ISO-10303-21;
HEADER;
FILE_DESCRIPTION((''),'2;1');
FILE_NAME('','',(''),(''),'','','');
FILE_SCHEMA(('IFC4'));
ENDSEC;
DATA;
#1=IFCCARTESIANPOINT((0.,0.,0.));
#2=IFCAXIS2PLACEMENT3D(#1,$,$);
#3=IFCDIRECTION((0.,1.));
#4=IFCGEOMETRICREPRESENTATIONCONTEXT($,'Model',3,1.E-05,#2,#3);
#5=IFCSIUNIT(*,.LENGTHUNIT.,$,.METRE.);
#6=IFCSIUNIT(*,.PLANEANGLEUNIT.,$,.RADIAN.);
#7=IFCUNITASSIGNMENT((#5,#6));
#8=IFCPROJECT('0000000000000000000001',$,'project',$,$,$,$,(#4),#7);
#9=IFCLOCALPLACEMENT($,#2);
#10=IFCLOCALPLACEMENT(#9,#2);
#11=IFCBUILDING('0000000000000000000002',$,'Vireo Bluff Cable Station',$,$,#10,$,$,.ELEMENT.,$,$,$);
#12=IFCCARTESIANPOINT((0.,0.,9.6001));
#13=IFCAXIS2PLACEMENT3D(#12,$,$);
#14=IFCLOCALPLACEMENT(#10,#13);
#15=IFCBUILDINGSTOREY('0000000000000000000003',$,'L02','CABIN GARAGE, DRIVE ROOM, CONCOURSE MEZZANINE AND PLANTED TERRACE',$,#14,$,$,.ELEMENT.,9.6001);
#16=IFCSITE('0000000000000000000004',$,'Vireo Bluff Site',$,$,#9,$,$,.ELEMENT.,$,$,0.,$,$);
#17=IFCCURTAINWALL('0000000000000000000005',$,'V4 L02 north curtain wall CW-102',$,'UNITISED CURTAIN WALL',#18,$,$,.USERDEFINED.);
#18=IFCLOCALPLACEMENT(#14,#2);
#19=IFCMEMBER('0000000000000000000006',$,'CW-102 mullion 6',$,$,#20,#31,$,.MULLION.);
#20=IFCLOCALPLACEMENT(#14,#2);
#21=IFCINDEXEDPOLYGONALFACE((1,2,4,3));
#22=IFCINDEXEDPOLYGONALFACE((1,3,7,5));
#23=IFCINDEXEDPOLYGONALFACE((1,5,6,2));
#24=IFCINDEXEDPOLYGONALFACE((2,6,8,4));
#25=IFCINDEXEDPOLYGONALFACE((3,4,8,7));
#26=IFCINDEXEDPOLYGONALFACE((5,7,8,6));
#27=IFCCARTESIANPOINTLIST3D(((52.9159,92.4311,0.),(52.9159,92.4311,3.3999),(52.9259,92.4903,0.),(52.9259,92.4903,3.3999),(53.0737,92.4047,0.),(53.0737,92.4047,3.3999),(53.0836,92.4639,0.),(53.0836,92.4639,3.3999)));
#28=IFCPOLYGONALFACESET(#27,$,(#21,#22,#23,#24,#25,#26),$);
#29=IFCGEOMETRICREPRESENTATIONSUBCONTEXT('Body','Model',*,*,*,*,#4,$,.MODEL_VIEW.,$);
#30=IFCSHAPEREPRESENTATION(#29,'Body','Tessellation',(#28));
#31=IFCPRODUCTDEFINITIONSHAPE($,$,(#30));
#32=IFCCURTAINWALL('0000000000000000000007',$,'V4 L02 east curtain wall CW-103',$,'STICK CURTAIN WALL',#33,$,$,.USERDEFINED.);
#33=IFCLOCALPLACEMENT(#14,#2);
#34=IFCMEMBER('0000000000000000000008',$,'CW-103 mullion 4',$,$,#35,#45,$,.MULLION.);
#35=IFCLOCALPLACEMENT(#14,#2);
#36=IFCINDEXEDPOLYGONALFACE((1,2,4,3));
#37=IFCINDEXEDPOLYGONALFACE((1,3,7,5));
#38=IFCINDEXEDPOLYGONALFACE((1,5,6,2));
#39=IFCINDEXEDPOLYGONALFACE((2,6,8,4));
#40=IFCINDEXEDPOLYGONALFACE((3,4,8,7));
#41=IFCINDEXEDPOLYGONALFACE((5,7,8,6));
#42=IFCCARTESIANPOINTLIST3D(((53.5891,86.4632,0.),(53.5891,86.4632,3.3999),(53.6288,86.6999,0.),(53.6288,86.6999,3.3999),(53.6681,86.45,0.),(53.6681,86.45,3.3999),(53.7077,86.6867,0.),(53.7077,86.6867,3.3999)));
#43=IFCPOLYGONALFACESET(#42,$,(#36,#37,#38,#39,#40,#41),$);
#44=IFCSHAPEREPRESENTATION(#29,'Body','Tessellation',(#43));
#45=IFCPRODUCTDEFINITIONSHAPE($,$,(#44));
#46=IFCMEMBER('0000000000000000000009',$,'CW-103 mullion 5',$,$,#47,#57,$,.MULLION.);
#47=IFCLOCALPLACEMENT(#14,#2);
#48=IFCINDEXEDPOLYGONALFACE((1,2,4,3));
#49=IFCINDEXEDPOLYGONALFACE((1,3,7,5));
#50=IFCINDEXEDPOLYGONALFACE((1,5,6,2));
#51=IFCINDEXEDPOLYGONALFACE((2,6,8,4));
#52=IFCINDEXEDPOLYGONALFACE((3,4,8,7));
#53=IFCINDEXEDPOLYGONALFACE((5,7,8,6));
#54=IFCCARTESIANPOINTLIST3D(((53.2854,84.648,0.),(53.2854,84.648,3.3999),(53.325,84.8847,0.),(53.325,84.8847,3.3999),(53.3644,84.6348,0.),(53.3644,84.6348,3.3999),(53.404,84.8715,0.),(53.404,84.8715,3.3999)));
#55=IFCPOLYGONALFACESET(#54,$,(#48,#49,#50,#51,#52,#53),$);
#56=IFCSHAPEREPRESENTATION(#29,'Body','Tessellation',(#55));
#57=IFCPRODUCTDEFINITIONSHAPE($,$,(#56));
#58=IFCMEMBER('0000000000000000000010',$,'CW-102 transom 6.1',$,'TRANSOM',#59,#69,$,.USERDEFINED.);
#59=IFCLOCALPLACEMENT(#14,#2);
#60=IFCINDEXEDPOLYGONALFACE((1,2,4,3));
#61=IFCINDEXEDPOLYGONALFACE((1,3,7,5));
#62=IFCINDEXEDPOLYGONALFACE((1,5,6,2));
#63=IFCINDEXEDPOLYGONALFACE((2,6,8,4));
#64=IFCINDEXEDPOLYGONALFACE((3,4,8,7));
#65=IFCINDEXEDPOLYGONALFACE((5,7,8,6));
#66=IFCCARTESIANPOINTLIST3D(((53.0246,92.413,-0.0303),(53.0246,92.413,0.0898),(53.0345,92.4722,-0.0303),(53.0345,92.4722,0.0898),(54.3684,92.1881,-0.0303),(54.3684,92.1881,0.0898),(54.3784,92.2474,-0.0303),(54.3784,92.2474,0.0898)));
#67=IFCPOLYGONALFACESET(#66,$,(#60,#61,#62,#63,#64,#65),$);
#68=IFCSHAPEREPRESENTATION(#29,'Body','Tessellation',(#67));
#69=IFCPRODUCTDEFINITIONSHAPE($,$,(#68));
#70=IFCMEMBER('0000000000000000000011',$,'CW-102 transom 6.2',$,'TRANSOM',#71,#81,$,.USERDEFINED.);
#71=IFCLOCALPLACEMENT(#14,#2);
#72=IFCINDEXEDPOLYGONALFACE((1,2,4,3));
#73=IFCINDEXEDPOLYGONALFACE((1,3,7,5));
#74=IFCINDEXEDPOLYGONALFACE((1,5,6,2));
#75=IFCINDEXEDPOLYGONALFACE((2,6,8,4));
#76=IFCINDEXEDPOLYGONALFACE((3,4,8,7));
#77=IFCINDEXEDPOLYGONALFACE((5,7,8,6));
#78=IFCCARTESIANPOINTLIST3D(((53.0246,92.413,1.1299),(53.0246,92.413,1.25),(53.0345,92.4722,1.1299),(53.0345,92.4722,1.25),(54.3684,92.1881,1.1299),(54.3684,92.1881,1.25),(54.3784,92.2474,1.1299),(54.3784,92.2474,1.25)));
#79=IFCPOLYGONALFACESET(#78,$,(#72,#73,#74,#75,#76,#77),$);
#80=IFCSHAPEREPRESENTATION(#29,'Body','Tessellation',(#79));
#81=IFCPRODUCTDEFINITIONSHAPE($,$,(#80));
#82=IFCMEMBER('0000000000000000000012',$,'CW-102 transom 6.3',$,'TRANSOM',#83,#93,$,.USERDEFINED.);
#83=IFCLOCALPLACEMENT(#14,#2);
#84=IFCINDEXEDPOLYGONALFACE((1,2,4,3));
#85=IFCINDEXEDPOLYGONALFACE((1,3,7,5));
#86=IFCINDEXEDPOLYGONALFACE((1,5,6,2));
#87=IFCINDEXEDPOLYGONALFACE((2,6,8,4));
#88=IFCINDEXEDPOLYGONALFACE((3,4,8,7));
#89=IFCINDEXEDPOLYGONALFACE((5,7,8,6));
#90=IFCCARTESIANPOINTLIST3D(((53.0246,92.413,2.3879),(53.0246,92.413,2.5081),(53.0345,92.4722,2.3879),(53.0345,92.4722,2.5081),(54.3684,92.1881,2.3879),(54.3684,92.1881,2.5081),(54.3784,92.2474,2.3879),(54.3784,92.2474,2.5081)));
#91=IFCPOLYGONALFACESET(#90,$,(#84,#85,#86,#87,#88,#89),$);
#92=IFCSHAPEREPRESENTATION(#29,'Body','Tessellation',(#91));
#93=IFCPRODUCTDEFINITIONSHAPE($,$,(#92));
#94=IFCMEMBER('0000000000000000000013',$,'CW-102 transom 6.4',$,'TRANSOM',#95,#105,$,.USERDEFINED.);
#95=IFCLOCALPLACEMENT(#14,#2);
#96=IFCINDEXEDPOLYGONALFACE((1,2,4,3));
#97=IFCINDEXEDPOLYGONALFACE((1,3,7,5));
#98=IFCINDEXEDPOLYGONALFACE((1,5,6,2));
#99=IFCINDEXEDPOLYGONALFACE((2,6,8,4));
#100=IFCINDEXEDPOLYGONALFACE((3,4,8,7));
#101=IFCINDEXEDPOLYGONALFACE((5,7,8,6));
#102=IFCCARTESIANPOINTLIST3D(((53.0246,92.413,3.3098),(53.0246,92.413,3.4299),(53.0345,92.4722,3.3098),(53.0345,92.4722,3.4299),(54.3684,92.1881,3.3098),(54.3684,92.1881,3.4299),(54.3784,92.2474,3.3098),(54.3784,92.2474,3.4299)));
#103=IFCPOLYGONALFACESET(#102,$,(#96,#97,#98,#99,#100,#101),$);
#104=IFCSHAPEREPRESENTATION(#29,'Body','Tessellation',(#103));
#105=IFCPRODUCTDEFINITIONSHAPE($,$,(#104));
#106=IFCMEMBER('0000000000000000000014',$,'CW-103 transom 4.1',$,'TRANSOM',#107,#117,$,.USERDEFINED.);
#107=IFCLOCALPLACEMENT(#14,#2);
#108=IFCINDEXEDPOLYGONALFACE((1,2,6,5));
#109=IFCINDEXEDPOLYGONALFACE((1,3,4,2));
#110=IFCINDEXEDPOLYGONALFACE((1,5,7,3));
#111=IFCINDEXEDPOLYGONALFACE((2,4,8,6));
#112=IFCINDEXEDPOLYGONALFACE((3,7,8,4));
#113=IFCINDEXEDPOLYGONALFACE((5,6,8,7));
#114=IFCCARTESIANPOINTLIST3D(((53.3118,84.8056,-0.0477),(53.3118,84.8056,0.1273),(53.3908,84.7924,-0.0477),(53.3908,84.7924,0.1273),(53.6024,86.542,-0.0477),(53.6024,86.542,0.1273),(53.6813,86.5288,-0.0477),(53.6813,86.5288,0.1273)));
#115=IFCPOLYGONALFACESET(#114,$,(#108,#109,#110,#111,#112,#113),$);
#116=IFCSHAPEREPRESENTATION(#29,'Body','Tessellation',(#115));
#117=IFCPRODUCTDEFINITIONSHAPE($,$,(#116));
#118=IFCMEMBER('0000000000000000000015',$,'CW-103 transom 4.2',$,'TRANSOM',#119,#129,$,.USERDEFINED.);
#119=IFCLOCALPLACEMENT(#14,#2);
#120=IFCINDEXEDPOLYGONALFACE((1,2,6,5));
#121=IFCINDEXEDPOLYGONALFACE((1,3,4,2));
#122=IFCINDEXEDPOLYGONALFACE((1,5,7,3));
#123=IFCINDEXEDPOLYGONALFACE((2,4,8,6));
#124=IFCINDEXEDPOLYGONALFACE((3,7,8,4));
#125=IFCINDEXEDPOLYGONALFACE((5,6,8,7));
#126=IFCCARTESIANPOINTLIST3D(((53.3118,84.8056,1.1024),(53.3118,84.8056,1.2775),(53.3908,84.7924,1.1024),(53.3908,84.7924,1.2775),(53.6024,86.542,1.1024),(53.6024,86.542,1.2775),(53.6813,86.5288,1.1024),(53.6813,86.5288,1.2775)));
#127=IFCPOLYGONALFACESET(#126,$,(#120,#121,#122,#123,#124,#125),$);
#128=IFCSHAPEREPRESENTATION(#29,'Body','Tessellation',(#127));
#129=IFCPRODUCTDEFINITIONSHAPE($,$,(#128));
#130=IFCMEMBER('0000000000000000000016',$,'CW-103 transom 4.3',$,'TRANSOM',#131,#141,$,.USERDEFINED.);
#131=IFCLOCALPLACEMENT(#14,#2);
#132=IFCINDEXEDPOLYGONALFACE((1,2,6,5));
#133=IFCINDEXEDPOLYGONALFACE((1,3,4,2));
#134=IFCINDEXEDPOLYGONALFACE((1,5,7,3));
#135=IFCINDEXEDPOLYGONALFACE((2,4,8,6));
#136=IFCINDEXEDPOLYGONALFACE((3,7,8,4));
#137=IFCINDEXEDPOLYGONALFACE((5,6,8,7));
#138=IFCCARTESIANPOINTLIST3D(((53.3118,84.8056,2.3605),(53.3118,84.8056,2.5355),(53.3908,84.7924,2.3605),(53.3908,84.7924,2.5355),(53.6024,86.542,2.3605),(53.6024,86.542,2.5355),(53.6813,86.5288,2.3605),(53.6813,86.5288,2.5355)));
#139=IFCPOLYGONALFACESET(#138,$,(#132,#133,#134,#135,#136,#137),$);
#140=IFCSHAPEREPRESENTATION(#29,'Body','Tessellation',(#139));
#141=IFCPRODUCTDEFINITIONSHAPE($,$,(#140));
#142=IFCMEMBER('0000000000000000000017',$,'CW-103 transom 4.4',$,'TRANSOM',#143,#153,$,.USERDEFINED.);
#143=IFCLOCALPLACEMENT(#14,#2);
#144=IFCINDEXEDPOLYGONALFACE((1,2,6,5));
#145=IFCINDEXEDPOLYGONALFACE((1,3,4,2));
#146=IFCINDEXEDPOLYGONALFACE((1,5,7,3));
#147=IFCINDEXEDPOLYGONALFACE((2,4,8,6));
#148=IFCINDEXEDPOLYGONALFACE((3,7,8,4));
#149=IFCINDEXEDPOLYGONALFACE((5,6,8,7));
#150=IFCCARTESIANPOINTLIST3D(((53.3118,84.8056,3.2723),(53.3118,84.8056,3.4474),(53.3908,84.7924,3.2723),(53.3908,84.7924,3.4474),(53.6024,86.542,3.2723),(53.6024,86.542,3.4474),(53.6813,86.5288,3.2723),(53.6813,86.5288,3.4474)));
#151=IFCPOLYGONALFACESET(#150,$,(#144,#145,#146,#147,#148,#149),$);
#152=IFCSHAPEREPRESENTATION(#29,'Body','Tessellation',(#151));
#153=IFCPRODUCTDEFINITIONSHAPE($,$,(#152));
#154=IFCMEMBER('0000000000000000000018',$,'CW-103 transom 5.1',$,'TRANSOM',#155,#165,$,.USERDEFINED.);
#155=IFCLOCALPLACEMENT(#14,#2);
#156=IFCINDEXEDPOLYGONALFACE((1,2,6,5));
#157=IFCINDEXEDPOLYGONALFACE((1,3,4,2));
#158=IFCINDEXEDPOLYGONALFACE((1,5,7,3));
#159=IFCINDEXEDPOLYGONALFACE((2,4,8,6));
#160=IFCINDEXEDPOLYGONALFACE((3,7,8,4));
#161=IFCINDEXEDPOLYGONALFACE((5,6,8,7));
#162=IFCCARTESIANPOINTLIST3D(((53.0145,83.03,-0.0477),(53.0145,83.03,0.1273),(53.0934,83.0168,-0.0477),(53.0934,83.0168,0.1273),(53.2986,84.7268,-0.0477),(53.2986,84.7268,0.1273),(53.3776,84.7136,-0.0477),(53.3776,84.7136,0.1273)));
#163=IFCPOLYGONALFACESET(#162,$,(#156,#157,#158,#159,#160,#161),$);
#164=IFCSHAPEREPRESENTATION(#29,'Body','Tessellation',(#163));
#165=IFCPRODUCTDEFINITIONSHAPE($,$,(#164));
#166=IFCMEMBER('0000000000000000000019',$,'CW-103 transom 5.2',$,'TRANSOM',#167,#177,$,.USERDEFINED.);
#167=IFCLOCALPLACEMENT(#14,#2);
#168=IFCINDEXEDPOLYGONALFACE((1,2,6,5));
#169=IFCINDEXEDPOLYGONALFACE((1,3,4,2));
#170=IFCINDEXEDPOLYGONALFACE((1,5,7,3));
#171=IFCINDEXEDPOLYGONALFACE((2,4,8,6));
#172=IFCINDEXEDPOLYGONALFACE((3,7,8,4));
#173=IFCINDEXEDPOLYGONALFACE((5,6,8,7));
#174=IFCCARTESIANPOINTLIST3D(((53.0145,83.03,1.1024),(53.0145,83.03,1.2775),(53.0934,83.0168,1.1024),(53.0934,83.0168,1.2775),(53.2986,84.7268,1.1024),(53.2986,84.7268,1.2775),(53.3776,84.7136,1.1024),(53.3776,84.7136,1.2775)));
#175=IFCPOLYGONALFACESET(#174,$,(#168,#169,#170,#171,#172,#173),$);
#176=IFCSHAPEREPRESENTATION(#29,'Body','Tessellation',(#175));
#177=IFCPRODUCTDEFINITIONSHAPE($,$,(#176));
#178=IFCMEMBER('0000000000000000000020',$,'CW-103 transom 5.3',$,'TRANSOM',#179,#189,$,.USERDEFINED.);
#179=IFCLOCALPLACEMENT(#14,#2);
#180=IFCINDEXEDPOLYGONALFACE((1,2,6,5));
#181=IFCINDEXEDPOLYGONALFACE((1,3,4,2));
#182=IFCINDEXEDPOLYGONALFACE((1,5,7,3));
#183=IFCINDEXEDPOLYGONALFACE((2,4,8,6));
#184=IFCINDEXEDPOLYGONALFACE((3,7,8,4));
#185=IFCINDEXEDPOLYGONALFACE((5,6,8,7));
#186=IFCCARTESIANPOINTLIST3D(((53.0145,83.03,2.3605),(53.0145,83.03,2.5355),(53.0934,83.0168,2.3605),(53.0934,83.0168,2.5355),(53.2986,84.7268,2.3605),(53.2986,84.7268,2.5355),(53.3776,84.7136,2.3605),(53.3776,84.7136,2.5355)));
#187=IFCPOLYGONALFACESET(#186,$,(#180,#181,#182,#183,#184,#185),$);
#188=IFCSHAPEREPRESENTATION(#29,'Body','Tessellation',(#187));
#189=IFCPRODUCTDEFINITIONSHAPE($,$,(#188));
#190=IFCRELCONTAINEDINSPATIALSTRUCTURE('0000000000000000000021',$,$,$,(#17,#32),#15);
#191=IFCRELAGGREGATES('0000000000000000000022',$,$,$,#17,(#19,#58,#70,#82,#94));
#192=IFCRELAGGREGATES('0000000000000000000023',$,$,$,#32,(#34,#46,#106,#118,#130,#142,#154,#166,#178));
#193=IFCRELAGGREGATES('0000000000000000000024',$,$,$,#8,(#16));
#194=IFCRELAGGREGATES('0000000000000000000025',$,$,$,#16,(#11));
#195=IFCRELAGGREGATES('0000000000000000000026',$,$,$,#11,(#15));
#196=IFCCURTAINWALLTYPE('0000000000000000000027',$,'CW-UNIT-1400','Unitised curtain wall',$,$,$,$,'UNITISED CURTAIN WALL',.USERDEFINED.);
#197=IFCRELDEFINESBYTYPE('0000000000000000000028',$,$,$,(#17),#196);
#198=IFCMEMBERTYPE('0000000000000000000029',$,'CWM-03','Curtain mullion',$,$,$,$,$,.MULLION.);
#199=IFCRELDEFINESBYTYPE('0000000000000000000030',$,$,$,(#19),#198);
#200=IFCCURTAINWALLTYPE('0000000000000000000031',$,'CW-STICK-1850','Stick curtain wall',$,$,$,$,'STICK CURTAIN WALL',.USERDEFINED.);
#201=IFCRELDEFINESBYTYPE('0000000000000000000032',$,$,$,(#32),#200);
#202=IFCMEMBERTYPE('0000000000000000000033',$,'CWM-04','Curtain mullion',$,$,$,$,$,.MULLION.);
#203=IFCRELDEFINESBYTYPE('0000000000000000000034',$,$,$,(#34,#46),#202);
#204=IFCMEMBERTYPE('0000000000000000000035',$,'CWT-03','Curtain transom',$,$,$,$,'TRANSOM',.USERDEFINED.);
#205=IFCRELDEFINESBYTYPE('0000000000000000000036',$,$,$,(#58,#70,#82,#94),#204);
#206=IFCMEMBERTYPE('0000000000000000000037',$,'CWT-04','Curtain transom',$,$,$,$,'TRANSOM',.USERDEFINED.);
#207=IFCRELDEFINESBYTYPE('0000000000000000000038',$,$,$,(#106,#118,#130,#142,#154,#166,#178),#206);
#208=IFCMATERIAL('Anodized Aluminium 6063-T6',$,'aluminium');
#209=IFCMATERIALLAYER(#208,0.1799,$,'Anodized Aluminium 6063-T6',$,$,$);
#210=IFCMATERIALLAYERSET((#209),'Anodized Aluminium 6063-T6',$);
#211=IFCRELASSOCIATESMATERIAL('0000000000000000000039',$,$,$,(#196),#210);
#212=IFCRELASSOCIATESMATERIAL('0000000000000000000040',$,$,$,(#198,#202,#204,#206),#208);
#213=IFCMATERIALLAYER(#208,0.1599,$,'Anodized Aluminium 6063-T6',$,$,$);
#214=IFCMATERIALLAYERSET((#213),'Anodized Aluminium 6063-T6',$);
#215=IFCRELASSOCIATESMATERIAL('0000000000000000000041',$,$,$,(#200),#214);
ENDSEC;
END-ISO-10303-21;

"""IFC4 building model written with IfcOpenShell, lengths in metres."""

from ifc_helpers import new_model, si_unit, direction, frame, origin, origin_2d, place, context, subcontext, project, spatial, rectangle, extrude, material, layer, layer_set, material_profile, profile_set, type_object, element, aggregate, save


model = new_model("IFC4")

# Units and contexts
model_context = context("Model", 3, precision=1e-05, world=origin(), true_north=direction((0.0, 1.0)))
body_context = subcontext(model_context, "Body", "Model", "MODEL_VIEW")
ifc_project = project(units=[si_unit("LENGTHUNIT", "METRE"), si_unit("PLANEANGLEUNIT", "RADIAN")], contexts=[model_context])

# Site, building, storey
site_placement = place(None, origin())
site = spatial("IfcSite", under=ifc_project, at=site_placement, Name="Vireo Bluff Site", CompositionType="ELEMENT", RefElevation=0.0)
building_placement = place(site_placement, origin())
building = spatial("IfcBuilding", under=site, at=building_placement, Name="Vireo Bluff Cable Station", CompositionType="ELEMENT")
storey_placement = place(building_placement, frame((0.0, 0.0, 9.6001)))
storey = spatial("IfcBuildingStorey", under=building, at=storey_placement, Name="L02", Description="CABIN GARAGE, DRIVE ROOM, CONCOURSE MEZZANINE AND PLANTED TERRACE", CompositionType="ELEMENT", Elevation=9.6001)

# Curtain wall, member
ifc_material_1 = material(Name="Anodized Aluminium 6063-T6", Category="aluminium")
ifc_layer_1 = layer(ifc_material_1, 0.1799, Name="Anodized Aluminium 6063-T6")
ifc_layer_set_1 = layer_set([ifc_layer_1], Name="Anodized Aluminium 6063-T6")
curtain_wall_type_1 = type_object("IfcCurtainWallType", Name="CW-UNIT-1400", Description="Unitised curtain wall", ElementType="UNITISED CURTAIN WALL", PredefinedType="USERDEFINED", material=ifc_layer_set_1)
curtain_wall_1_placement = place(storey_placement, origin())
curtain_wall_1 = element("IfcCurtainWall", 1, at=curtain_wall_1_placement, inside=storey, type_object=curtain_wall_type_1, Name="V4 L02 north curtain wall CW-102", ObjectType="UNITISED CURTAIN WALL", PredefinedType="USERDEFINED")
ifc_material_profile_1 = material_profile(ifc_material_1, rectangle(XDim=0.0601, YDim=0.1599, at=origin_2d()), Name="ALU-M-60X160")
ifc_profile_set_1 = profile_set([ifc_material_profile_1], Name="Anodized Aluminium 6063-T6")
member_type_1 = type_object("IfcMemberType", Name="CWM-03", Description="Curtain mullion", PredefinedType="MULLION", material=ifc_profile_set_1)
member_1_placement = place(storey_placement, frame((52.9998, 92.4475, 0.0), z_axis=(0.0, 0.0, 1.0), x_axis=(0.165048, 0.986286, 0.0)))
member_1 = element("IfcMember", 2, at=member_1_placement, type_object=member_type_1, Name="CW-102 mullion 6", PredefinedType="MULLION", context=body_context, shape_type="SweptSolid", body=[
    extrude(rectangle(XDim=0.0601, YDim=0.1599, at=origin_2d()), origin(), (0.0, 0.0, 1.0), 3.3999),
])

# Curtain wall, members
ifc_layer_2 = layer(ifc_material_1, 0.1599, Name="Anodized Aluminium 6063-T6")
ifc_layer_set_2 = layer_set([ifc_layer_2], Name="Anodized Aluminium 6063-T6")
curtain_wall_type_2 = type_object("IfcCurtainWallType", Name="CW-STICK-1850", Description="Stick curtain wall", ElementType="STICK CURTAIN WALL", PredefinedType="USERDEFINED", material=ifc_layer_set_2)
curtain_wall_2_placement = place(storey_placement, origin())
curtain_wall_2 = element("IfcCurtainWall", 3, at=curtain_wall_2_placement, inside=storey, type_object=curtain_wall_type_2, Name="V4 L02 east curtain wall CW-103", ObjectType="STICK CURTAIN WALL", PredefinedType="USERDEFINED")
ifc_material_profile_2 = material_profile(ifc_material_1, rectangle(XDim=0.0801, YDim=0.24, at=origin_2d()), Name="ALU-M-80X240")
ifc_profile_set_2 = profile_set([ifc_material_profile_2], Name="Anodized Aluminium 6063-T6")
member_type_2 = type_object("IfcMemberType", Name="CWM-04", Description="Curtain mullion", PredefinedType="MULLION", material=ifc_profile_set_2)
member_2_placement = place(storey_placement, frame((53.6484, 86.575, 0.0), z_axis=(0.0, 0.0, 1.0), x_axis=(0.986286, -0.165048, 0.0)))
member_2 = element("IfcMember", 4, at=member_2_placement, type_object=member_type_2, Name="CW-103 mullion 4", PredefinedType="MULLION", context=body_context, shape_type="SweptSolid", body=[
    extrude(rectangle(XDim=0.0801, YDim=0.24, at=origin_2d()), origin(), (0.0, 0.0, 1.0), 3.3999),
])
member_3_placement = place(storey_placement, frame((53.3447, 84.7598, 0.0), z_axis=(0.0, 0.0, 1.0), x_axis=(0.986286, -0.165048, 0.0)))
member_3 = element("IfcMember", 5, at=member_3_placement, type_object=member_type_2, Name="CW-103 mullion 5", PredefinedType="MULLION", context=body_context, shape_type="SweptSolid", body=[
    extrude(rectangle(XDim=0.0801, YDim=0.24, at=origin_2d()), origin(), (0.0, 0.0, 1.0), 3.3999),
])

# Members
ifc_material_profile_3 = material_profile(ifc_material_1, rectangle(XDim=0.0601, YDim=0.1201, at=origin_2d()), Name="ALU-T-60X120")
ifc_profile_set_3 = profile_set([ifc_material_profile_3], Name="Anodized Aluminium 6063-T6")
member_type_3 = type_object("IfcMemberType", Name="CWT-03", Description="Curtain transom", ElementType="TRANSOM", PredefinedType="USERDEFINED", material=ifc_profile_set_3)
member_4_placement = place(storey_placement, frame((53.0295, 92.4426, 0.0298), z_axis=(0.986287, -0.165038, 0.0), x_axis=(0.165038, 0.986287, 0.0)))
member_4 = element("IfcMember", 6, at=member_4_placement, type_object=member_type_3, Name="CW-102 transom 6.1", ObjectType="TRANSOM", PredefinedType="USERDEFINED", context=body_context, shape_type="SweptSolid", body=[
    extrude(rectangle(XDim=0.0601, YDim=0.1201, at=origin_2d()), origin(), (0.0, 0.0, 1.0), 1.3625),
])
member_5_placement = place(storey_placement, frame((53.0295, 92.4426, 1.1899), z_axis=(0.986287, -0.165038, 0.0), x_axis=(0.165038, 0.986287, 0.0)))
member_5 = element("IfcMember", 7, at=member_5_placement, type_object=member_type_3, Name="CW-102 transom 6.2", ObjectType="TRANSOM", PredefinedType="USERDEFINED", context=body_context, shape_type="SweptSolid", body=[
    extrude(rectangle(XDim=0.0601, YDim=0.1201, at=origin_2d()), origin(), (0.0, 0.0, 1.0), 1.3625),
])
member_6_placement = place(storey_placement, frame((53.0295, 92.4426, 2.448), z_axis=(0.986287, -0.165038, 0.0), x_axis=(0.165038, 0.986287, 0.0)))
member_6 = element("IfcMember", 8, at=member_6_placement, type_object=member_type_3, Name="CW-102 transom 6.3", ObjectType="TRANSOM", PredefinedType="USERDEFINED", context=body_context, shape_type="SweptSolid", body=[
    extrude(rectangle(XDim=0.0601, YDim=0.1201, at=origin_2d()), origin(), (0.0, 0.0, 1.0), 1.3625),
])
member_7_placement = place(storey_placement, frame((53.0295, 92.4426, 3.3699), z_axis=(0.986287, -0.165038, 0.0), x_axis=(0.165038, 0.986287, 0.0)))
member_7 = element("IfcMember", 9, at=member_7_placement, type_object=member_type_3, Name="CW-102 transom 6.4", ObjectType="TRANSOM", PredefinedType="USERDEFINED", context=body_context, shape_type="SweptSolid", body=[
    extrude(rectangle(XDim=0.0601, YDim=0.1201, at=origin_2d()), origin(), (0.0, 0.0, 1.0), 1.3625),
])
ifc_material_profile_4 = material_profile(ifc_material_1, rectangle(XDim=0.0801, YDim=0.175, at=origin_2d()), Name="ALU-T-80X175")
ifc_profile_set_4 = profile_set([ifc_material_profile_4], Name="Anodized Aluminium 6063-T6")
member_type_4 = type_object("IfcMemberType", Name="CWT-04", Description="Curtain transom", ElementType="TRANSOM", PredefinedType="USERDEFINED", material=ifc_profile_set_4)
member_8_placement = place(storey_placement, frame((53.6418, 86.5354, 0.0398), z_axis=(-0.165029, -0.986289, 0.0), x_axis=(0.986289, -0.165029, 0.0)))
member_8 = element("IfcMember", 10, at=member_8_placement, type_object=member_type_4, Name="CW-103 transom 4.1", ObjectType="TRANSOM", PredefinedType="USERDEFINED", context=body_context, shape_type="SweptSolid", body=[
    extrude(rectangle(XDim=0.0801, YDim=0.175, at=origin_2d()), origin(), (0.0, 0.0, 1.0), 1.7605),
])
member_9_placement = place(storey_placement, frame((53.6418, 86.5354, 1.1899), z_axis=(-0.165029, -0.986289, 0.0), x_axis=(0.986289, -0.165029, 0.0)))
member_9 = element("IfcMember", 11, at=member_9_placement, type_object=member_type_4, Name="CW-103 transom 4.2", ObjectType="TRANSOM", PredefinedType="USERDEFINED", context=body_context, shape_type="SweptSolid", body=[
    extrude(rectangle(XDim=0.0801, YDim=0.175, at=origin_2d()), origin(), (0.0, 0.0, 1.0), 1.7605),
])
member_10_placement = place(storey_placement, frame((53.6418, 86.5354, 2.448), z_axis=(-0.165029, -0.986289, 0.0), x_axis=(0.986289, -0.165029, 0.0)))
member_10 = element("IfcMember", 12, at=member_10_placement, type_object=member_type_4, Name="CW-103 transom 4.3", ObjectType="TRANSOM", PredefinedType="USERDEFINED", context=body_context, shape_type="SweptSolid", body=[
    extrude(rectangle(XDim=0.0801, YDim=0.175, at=origin_2d()), origin(), (0.0, 0.0, 1.0), 1.7605),
])
member_11_placement = place(storey_placement, frame((53.6418, 86.5354, 3.3599), z_axis=(-0.165029, -0.986289, 0.0), x_axis=(0.986289, -0.165029, 0.0)))
member_11 = element("IfcMember", 13, at=member_11_placement, type_object=member_type_4, Name="CW-103 transom 4.4", ObjectType="TRANSOM", PredefinedType="USERDEFINED", context=body_context, shape_type="SweptSolid", body=[
    extrude(rectangle(XDim=0.0801, YDim=0.175, at=origin_2d()), origin(), (0.0, 0.0, 1.0), 1.7605),
])
member_12_placement = place(storey_placement, frame((53.3381, 84.7202, 0.0398), z_axis=(-0.165181, -0.986263, 0.0), x_axis=(0.986263, -0.165181, 0.0)))
member_12 = element("IfcMember", 14, at=member_12_placement, type_object=member_type_4, Name="CW-103 transom 5.1", ObjectType="TRANSOM", PredefinedType="USERDEFINED", context=body_context, shape_type="SweptSolid", body=[
    extrude(rectangle(XDim=0.0801, YDim=0.175, at=origin_2d()), origin(), (0.0, 0.0, 1.0), 1.7205),
])
member_13_placement = place(storey_placement, frame((53.3381, 84.7202, 1.1899), z_axis=(-0.165181, -0.986263, 0.0), x_axis=(0.986263, -0.165181, 0.0)))
member_13 = element("IfcMember", 15, at=member_13_placement, type_object=member_type_4, Name="CW-103 transom 5.2", ObjectType="TRANSOM", PredefinedType="USERDEFINED", context=body_context, shape_type="SweptSolid", body=[
    extrude(rectangle(XDim=0.0801, YDim=0.175, at=origin_2d()), origin(), (0.0, 0.0, 1.0), 1.7205),
])
member_14_placement = place(storey_placement, frame((53.3381, 84.7202, 2.448), z_axis=(-0.165181, -0.986263, 0.0), x_axis=(0.986263, -0.165181, 0.0)))
member_14 = element("IfcMember", 16, at=member_14_placement, type_object=member_type_4, Name="CW-103 transom 5.3", ObjectType="TRANSOM", PredefinedType="USERDEFINED", context=body_context, shape_type="SweptSolid", body=[
    extrude(rectangle(XDim=0.0801, YDim=0.175, at=origin_2d()), origin(), (0.0, 0.0, 1.0), 1.7205),
])

aggregate(curtain_wall_1, [member_1, member_4, member_5, member_6, member_7])
aggregate(curtain_wall_2, [member_2, member_3, member_8, member_9, member_10, member_11, member_12, member_13, member_14])

save(model, "model.ifc")
